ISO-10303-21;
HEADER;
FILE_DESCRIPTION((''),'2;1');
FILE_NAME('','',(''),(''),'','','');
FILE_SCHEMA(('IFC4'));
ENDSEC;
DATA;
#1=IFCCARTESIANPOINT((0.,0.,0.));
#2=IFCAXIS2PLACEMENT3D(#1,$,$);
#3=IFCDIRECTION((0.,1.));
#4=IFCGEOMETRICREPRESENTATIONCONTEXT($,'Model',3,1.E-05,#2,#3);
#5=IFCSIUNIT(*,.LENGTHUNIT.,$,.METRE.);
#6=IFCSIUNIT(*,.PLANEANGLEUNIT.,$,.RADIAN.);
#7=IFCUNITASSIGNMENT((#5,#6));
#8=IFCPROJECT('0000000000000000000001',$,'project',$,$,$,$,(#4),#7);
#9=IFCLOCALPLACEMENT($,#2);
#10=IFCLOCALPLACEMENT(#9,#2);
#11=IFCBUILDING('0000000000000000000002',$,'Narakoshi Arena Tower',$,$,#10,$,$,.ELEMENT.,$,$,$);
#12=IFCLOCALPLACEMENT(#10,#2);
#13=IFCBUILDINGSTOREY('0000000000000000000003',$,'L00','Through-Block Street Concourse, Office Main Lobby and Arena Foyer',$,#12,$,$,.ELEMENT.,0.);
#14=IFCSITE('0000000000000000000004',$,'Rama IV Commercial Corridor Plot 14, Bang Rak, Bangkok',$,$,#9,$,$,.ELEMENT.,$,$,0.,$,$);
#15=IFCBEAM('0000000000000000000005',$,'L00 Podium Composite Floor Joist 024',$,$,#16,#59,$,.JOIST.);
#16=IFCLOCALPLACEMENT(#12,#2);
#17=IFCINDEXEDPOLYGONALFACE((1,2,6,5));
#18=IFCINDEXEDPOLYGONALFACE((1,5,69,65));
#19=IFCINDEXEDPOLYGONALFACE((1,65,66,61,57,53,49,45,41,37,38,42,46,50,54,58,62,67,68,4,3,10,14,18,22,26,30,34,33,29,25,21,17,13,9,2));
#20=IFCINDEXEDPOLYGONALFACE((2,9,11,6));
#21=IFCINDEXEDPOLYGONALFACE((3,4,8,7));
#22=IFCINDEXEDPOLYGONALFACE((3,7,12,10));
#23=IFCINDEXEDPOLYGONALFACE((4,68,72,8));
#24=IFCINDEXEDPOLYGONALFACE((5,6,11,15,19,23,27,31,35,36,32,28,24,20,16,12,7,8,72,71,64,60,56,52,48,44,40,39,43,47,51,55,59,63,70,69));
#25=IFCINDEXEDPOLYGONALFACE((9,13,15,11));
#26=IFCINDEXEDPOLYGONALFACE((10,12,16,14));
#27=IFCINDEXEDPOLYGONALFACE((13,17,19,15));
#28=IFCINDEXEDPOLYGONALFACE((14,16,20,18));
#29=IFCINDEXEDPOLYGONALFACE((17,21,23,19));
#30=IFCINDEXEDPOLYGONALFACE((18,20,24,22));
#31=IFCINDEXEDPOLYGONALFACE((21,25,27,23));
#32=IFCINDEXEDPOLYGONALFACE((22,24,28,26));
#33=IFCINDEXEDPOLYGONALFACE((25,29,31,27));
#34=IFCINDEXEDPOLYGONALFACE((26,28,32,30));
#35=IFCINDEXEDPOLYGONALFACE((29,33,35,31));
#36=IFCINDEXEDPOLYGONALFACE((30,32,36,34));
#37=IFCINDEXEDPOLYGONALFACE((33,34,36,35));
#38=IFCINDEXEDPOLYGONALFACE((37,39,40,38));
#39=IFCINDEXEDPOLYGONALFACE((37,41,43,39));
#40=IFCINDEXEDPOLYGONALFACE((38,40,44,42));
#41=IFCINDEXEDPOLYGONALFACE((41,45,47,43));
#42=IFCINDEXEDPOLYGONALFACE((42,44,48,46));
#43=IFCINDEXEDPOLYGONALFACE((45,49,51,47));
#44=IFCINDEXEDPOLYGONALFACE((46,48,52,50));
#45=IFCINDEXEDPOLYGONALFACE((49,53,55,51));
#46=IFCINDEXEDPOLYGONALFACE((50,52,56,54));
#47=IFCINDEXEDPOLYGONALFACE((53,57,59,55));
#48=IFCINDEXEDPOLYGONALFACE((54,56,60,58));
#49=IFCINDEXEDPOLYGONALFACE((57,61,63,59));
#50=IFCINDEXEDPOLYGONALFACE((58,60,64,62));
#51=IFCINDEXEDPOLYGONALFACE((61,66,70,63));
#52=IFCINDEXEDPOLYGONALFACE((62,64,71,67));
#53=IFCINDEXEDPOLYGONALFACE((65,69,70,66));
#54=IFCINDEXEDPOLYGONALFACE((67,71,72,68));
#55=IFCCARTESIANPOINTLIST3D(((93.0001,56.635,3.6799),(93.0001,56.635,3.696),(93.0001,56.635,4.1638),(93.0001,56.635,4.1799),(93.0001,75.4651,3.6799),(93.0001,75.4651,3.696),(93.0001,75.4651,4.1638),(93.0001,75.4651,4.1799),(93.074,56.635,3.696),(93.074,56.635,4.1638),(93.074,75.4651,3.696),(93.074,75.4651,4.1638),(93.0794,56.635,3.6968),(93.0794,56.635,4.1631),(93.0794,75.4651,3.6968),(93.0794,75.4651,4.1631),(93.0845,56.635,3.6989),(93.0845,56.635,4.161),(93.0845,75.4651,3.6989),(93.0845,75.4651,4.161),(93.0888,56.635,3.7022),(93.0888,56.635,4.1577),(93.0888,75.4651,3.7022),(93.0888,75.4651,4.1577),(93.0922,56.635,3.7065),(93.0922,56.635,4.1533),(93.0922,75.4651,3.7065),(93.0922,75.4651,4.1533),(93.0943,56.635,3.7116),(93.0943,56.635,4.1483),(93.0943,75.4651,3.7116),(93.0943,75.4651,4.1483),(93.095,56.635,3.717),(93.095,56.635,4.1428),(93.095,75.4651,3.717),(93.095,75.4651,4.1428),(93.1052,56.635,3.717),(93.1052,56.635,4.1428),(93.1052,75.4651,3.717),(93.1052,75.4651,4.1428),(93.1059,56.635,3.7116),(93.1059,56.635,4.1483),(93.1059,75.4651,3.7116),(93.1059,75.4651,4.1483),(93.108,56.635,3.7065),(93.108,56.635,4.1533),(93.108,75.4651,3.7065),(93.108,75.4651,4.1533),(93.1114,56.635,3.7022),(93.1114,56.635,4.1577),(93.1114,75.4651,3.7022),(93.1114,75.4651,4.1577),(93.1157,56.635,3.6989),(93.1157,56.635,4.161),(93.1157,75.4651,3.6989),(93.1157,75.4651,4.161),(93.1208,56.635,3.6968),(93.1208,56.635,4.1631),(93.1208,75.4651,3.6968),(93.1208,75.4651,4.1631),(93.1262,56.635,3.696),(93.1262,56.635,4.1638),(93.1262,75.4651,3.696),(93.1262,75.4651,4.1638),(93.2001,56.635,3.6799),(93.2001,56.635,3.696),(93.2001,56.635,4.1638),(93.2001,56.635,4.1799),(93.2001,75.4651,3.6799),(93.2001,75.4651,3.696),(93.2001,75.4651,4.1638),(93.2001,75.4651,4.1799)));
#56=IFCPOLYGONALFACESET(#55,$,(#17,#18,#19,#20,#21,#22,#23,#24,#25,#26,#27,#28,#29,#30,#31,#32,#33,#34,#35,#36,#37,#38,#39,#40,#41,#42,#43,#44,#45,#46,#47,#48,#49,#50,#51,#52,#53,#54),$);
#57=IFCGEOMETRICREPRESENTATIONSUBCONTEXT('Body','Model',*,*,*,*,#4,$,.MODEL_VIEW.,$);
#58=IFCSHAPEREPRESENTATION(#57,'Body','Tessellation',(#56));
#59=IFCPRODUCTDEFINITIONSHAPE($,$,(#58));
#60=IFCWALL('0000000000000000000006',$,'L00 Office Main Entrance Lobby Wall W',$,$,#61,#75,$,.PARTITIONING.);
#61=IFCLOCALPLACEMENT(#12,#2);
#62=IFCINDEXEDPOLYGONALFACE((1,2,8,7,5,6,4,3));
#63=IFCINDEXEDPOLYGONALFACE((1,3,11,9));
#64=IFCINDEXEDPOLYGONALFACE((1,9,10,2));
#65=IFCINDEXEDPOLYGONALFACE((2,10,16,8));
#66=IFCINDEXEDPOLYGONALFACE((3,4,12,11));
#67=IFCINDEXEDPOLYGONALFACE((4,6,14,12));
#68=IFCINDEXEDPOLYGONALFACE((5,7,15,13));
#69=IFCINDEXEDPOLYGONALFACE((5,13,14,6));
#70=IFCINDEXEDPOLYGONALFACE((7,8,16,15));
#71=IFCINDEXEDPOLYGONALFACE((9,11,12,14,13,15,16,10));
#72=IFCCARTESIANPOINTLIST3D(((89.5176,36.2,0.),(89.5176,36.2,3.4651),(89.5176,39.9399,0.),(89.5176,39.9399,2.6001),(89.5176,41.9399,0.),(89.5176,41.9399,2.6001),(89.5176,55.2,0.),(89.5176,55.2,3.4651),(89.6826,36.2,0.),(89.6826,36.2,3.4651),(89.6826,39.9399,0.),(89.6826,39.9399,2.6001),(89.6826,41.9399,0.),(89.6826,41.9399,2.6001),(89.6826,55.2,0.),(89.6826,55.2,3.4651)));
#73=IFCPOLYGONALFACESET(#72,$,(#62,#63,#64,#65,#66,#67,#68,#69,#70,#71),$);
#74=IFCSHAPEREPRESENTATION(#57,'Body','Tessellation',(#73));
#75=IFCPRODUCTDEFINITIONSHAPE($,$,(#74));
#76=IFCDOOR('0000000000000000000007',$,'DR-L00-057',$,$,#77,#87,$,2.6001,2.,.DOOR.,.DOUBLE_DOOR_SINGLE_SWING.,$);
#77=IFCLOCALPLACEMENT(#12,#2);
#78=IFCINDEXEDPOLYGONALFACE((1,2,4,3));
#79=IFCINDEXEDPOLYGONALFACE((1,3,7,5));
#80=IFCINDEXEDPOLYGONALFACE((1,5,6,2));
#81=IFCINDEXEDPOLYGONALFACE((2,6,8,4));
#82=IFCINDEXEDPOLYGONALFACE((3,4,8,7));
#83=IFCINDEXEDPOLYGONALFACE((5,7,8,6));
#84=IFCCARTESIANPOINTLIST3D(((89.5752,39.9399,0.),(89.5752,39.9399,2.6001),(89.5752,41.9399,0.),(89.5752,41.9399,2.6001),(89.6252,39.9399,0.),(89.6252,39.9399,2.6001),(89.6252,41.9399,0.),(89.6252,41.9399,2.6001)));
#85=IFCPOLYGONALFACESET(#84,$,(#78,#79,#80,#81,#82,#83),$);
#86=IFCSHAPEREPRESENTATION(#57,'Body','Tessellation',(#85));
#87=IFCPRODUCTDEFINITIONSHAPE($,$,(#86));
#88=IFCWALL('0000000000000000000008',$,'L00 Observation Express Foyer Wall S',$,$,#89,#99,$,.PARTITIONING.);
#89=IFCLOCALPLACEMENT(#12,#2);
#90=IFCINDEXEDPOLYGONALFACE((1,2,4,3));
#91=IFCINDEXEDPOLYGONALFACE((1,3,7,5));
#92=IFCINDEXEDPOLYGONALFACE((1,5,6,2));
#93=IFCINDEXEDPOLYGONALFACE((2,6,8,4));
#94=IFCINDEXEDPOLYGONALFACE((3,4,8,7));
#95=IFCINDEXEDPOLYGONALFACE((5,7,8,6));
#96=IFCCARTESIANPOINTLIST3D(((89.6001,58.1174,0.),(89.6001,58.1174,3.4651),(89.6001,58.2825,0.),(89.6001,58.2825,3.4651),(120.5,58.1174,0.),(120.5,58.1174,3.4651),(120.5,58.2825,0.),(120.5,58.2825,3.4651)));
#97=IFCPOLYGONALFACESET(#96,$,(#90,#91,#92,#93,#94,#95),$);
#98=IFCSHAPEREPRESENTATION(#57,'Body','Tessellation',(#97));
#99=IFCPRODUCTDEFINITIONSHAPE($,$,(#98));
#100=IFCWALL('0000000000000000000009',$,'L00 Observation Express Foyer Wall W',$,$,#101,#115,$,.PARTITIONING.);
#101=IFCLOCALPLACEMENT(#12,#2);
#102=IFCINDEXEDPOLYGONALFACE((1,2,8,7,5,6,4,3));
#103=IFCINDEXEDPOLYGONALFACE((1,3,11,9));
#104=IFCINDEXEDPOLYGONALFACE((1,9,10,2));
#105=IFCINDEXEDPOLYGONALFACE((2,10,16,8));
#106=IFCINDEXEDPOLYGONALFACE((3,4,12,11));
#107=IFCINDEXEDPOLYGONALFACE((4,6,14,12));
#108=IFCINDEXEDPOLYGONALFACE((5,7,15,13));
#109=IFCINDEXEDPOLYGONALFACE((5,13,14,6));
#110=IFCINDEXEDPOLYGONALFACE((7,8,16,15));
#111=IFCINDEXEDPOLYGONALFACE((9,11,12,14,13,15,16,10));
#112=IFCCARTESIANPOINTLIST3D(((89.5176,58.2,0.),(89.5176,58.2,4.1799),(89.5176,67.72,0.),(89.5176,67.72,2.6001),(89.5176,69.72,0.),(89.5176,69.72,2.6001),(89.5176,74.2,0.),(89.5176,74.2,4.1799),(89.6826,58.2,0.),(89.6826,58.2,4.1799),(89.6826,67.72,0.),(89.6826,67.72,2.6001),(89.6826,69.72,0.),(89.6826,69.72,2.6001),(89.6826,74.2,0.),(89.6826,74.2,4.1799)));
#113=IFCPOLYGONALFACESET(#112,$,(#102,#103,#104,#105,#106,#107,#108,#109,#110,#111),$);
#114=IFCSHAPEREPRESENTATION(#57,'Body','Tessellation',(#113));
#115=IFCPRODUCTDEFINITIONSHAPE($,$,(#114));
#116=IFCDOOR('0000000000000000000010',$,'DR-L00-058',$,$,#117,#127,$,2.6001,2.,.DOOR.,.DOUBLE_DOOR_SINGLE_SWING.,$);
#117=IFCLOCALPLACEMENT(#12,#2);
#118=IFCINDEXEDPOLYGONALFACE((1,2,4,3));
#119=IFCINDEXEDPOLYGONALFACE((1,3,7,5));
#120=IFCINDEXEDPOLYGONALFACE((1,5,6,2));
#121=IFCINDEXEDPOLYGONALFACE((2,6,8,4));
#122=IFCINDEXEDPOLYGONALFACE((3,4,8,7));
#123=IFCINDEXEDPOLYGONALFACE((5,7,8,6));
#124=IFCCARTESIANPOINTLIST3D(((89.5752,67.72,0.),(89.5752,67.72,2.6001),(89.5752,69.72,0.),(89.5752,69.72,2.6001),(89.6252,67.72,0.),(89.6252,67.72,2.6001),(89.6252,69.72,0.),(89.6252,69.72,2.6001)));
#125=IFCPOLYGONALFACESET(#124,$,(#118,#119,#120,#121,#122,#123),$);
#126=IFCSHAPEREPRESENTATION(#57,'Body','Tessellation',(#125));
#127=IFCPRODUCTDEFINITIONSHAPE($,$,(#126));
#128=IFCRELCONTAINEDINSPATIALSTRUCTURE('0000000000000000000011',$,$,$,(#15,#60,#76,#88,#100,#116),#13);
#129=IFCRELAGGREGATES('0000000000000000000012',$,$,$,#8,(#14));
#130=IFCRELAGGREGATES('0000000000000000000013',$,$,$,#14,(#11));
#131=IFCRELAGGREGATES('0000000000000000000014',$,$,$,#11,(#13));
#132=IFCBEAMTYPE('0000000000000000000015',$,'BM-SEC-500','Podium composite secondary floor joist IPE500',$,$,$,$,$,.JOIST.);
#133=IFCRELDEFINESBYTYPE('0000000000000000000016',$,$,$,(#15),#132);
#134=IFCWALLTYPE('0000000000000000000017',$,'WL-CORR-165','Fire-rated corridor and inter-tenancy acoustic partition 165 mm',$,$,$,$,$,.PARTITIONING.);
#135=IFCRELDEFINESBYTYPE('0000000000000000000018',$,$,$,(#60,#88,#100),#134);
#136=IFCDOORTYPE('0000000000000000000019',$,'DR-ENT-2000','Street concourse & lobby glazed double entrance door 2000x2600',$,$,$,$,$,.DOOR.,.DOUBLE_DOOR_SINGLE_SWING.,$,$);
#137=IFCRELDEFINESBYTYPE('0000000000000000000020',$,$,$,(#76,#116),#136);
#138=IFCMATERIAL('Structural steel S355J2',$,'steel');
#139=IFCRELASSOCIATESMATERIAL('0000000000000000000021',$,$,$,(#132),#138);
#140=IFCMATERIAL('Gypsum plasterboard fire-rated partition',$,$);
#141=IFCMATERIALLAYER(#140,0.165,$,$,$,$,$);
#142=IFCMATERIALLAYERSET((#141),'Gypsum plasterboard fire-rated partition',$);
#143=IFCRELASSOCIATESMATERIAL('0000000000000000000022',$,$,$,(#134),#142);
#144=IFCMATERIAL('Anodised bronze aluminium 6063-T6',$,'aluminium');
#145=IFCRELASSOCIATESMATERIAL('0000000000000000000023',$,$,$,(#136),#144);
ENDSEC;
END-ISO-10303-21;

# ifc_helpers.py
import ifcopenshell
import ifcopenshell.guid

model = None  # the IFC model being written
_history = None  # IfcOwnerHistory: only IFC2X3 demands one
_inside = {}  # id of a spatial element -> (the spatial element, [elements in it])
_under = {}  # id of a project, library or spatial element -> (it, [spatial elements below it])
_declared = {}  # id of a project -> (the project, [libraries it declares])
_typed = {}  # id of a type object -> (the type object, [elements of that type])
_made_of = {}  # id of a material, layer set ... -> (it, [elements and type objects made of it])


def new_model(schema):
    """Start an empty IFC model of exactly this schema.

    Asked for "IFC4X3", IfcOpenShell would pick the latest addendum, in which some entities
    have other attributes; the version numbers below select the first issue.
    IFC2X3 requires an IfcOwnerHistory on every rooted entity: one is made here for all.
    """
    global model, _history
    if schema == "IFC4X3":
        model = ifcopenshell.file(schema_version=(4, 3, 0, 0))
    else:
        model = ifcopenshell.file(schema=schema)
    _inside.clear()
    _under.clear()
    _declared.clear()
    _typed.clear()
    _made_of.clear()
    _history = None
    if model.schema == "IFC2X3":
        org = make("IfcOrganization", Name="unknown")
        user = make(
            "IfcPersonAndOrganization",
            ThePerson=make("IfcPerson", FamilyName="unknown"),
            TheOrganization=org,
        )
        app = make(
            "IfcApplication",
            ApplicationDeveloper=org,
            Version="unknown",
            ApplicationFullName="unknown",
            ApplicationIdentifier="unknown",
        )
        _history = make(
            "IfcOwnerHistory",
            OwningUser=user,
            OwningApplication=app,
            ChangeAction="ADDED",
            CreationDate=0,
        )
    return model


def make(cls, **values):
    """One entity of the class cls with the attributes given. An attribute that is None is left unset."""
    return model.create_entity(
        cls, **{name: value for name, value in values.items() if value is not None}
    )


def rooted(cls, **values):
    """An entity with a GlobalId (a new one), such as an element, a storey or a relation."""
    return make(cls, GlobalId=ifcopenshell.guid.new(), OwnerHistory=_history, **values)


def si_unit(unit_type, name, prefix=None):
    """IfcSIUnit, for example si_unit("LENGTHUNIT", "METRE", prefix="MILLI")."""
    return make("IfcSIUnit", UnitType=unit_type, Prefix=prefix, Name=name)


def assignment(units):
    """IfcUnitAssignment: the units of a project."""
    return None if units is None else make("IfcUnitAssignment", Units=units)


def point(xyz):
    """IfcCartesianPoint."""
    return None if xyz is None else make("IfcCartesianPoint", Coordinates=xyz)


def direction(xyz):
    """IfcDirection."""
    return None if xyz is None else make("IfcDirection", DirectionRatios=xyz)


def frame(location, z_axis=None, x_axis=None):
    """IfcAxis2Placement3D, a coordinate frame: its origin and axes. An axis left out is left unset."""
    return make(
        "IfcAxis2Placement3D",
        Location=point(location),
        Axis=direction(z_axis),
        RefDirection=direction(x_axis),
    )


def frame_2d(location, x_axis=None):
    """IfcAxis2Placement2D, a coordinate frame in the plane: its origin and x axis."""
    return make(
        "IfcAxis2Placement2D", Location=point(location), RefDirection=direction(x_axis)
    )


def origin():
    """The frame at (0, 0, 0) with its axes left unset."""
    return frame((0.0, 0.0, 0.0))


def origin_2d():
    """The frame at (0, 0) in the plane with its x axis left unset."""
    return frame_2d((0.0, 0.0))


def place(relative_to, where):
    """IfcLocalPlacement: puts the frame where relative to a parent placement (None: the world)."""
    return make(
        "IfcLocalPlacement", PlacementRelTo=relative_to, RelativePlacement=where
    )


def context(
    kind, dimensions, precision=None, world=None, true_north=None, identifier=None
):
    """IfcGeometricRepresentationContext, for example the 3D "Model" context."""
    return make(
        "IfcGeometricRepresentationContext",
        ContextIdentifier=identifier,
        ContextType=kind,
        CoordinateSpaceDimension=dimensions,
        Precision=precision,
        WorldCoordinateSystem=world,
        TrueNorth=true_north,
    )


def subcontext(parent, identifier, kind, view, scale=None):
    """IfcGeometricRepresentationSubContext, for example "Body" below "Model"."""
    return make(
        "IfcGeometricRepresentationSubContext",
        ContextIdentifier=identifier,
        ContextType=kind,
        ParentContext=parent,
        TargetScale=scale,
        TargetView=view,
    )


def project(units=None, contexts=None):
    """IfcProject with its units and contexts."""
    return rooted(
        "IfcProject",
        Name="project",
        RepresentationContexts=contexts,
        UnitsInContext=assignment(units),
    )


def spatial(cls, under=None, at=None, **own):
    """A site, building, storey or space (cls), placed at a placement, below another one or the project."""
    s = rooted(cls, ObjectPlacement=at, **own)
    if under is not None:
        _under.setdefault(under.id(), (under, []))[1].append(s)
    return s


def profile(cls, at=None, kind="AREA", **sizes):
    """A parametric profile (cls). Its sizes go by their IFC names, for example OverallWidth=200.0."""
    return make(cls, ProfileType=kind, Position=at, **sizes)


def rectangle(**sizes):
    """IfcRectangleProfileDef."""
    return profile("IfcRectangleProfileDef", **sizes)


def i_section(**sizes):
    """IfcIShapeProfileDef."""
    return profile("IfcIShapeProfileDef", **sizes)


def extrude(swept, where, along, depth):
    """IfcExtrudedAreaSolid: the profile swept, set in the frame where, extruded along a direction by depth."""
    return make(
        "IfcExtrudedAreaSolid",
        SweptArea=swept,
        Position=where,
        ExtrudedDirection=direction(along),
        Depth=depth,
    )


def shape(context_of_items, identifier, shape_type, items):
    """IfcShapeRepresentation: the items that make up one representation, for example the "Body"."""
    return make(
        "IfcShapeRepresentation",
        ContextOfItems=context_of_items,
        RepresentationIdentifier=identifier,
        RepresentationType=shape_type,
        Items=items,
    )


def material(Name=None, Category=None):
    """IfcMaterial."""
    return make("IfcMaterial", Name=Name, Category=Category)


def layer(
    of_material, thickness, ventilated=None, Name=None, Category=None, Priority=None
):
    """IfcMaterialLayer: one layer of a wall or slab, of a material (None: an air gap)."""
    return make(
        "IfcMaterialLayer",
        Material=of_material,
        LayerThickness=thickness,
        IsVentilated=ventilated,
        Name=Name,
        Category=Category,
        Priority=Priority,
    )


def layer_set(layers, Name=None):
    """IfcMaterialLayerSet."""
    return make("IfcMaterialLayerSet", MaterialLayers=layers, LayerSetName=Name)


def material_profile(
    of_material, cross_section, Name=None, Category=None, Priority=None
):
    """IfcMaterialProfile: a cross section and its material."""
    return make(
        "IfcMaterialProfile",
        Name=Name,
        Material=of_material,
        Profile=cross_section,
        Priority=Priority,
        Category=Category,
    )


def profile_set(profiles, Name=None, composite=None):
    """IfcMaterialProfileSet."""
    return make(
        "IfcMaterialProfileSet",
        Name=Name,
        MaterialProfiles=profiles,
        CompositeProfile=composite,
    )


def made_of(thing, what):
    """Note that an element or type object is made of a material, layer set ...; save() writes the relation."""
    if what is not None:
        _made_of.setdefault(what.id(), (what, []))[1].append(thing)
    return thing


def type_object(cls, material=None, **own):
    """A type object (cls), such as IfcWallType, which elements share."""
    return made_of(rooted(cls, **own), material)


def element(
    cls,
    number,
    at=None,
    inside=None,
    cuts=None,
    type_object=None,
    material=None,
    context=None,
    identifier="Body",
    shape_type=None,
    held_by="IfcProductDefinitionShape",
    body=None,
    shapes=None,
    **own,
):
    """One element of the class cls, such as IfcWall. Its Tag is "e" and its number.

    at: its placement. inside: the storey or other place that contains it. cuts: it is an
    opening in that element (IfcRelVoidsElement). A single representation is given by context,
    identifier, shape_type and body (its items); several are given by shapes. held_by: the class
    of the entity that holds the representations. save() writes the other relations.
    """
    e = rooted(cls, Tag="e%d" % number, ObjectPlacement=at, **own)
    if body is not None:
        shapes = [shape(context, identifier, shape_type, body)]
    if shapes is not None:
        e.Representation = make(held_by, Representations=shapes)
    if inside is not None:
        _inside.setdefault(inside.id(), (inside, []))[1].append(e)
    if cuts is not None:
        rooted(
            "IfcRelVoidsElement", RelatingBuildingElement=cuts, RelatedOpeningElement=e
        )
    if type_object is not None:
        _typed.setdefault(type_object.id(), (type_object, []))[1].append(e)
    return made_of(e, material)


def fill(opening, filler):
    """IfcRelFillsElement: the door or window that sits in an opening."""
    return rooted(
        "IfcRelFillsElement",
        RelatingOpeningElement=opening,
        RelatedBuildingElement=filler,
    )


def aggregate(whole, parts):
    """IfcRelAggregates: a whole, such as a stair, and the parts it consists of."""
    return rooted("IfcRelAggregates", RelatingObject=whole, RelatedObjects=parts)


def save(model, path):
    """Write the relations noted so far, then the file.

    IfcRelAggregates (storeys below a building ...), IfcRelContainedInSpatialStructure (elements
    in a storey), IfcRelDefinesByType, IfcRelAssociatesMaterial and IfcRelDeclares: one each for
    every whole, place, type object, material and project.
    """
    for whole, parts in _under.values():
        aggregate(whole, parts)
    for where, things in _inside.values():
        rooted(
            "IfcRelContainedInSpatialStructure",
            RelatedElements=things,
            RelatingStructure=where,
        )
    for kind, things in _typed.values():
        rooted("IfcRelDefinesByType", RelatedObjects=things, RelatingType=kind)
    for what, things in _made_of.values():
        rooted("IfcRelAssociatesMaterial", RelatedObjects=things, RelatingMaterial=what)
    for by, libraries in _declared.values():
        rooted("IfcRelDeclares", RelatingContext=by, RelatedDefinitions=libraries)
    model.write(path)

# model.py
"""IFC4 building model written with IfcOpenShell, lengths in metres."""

from ifc_helpers import new_model, si_unit, direction, frame, frame_2d, origin, origin_2d, place, context, subcontext, project, spatial, rectangle, i_section, extrude, material, layer, layer_set, material_profile, profile_set, type_object, element, fill, save


model = new_model("IFC4")

# Units and contexts
model_context = context("Model", 3, precision=1e-05, world=origin(), true_north=direction((0.0, 1.0)))
body_context = subcontext(model_context, "Body", "Model", "MODEL_VIEW")
ifc_project = project(units=[si_unit("LENGTHUNIT", "METRE"), si_unit("PLANEANGLEUNIT", "RADIAN")], contexts=[model_context])

# Site, building, storey
site_placement = place(None, origin())
site = spatial("IfcSite", under=ifc_project, at=site_placement, Name="Rama IV Commercial Corridor Plot 14, Bang Rak, Bangkok", CompositionType="ELEMENT", RefElevation=0.0)
building_placement = place(site_placement, origin())
building = spatial("IfcBuilding", under=site, at=building_placement, Name="Narakoshi Arena Tower", CompositionType="ELEMENT")
storey_placement = place(building_placement, origin())
storey = spatial("IfcBuildingStorey", under=building, at=storey_placement, Name="L00", Description="Through-Block Street Concourse, Office Main Lobby and Arena Foyer", CompositionType="ELEMENT", Elevation=0.0)

# Beam
ifc_material_1 = material(Name="Structural steel S355J2", Category="steel")
ifc_material_profile_1 = material_profile(ifc_material_1, i_section(OverallWidth=0.2, OverallDepth=0.5, WebThickness=0.0103, FlangeThickness=0.0161, FilletRadius=0.021, at=origin_2d()), Name="IPE500")
ifc_profile_set_1 = profile_set([ifc_material_profile_1], Name="Structural steel S355J2")
beam_type_1 = type_object("IfcBeamType", Name="BM-SEC-500", Description="Podium composite secondary floor joist IPE500", PredefinedType="JOIST", material=ifc_profile_set_1)
beam_1_placement = place(storey_placement, frame((93.1001, 56.635, 3.9299), z_axis=(0.0, 1.0, 0.0), x_axis=(-1.0, 0.0, 0.0)))
element("IfcBeam", 1, at=beam_1_placement, inside=storey, type_object=beam_type_1, Name="L00 Podium Composite Floor Joist 024", PredefinedType="JOIST", context=body_context, shape_type="SweptSolid", body=[
    extrude(i_section(OverallWidth=0.2, OverallDepth=0.5, WebThickness=0.0103, FlangeThickness=0.0161, FilletRadius=0.021, at=origin_2d()), origin(), (0.0, 0.0, 1.0), 18.8301),
])

# Wall, opening, door
ifc_material_2 = material(Name="Gypsum plasterboard fire-rated partition")
ifc_layer = layer(ifc_material_2, 0.165)
ifc_layer_set = layer_set([ifc_layer], Name="Gypsum plasterboard fire-rated partition")
wall_type = type_object("IfcWallType", Name="WL-CORR-165", Description="Fire-rated corridor and inter-tenancy acoustic partition 165 mm", PredefinedType="PARTITIONING", material=ifc_layer_set)
wall_1_placement = place(storey_placement, frame((89.6001, 55.2, 0.0), z_axis=(0.0, 0.0, 1.0), x_axis=(0.0, -1.0, 0.0)))
wall_1 = element("IfcWall", 2, at=wall_1_placement, inside=storey, type_object=wall_type, Name="L00 Office Main Entrance Lobby Wall W", PredefinedType="PARTITIONING", context=body_context, shape_type="SweptSolid", body=[
    extrude(rectangle(XDim=19.0, YDim=0.165, at=frame_2d((9.5, 0.0))), origin(), (0.0, 0.0, 1.0), 3.4651),
])
opening_1_placement = place(wall_1_placement, frame((13.26, 0.0, 0.0)))
opening_1 = element("IfcOpeningElement", 3, at=opening_1_placement, cuts=wall_1, PredefinedType="OPENING", context=body_context, shape_type="SweptSolid", body=[
    extrude(rectangle(XDim=2.0, YDim=2.6001, at=frame_2d((1.0, 1.3))), frame((0.0, 0.0925, 0.0), z_axis=(0.0, -1.0, 0.0), x_axis=(1.0, 0.0, 0.0)), (0.0, 0.0, 1.0), 0.1851),
])
ifc_material_3 = material(Name="Anodised bronze aluminium 6063-T6", Category="aluminium")
door_type = type_object("IfcDoorType", Name="DR-ENT-2000", Description="Street concourse & lobby glazed double entrance door 2000x2600", OperationType="DOUBLE_DOOR_SINGLE_SWING", PredefinedType="DOOR", material=ifc_material_3)
door_1_placement = place(opening_1_placement, frame((2.0, 0.0, 0.0), z_axis=(0.0, 0.0, 1.0), x_axis=(-1.0, 0.0, 0.0)))
door_1 = element("IfcDoor", 4, at=door_1_placement, inside=storey, type_object=door_type, Name="DR-L00-057", OperationType="DOUBLE_DOOR_SINGLE_SWING", OverallHeight=2.6001, OverallWidth=2.0, PredefinedType="DOOR", context=body_context, shape_type="SweptSolid", body=[
    extrude(rectangle(XDim=2.0, YDim=2.6001, at=frame_2d((1.0, 1.3))), frame((0.0, 0.0249, 0.0), z_axis=(0.0, -1.0, 0.0), x_axis=(1.0, 0.0, 0.0)), (0.0, 0.0, 1.0), 0.05),
])
fill(opening_1, door_1)

# Wall
wall_2_placement = place(storey_placement, frame((89.6001, 58.2, 0.0), z_axis=(0.0, 0.0, 1.0), x_axis=(1.0, 0.0, 0.0)))
element("IfcWall", 5, at=wall_2_placement, inside=storey, type_object=wall_type, Name="L00 Observation Express Foyer Wall S", PredefinedType="PARTITIONING", context=body_context, shape_type="SweptSolid", body=[
    extrude(rectangle(XDim=30.8999, YDim=0.165, at=frame_2d((15.45, 0.0))), origin(), (0.0, 0.0, 1.0), 3.4651),
])

# Wall, opening, door
wall_3_placement = place(storey_placement, frame((89.6001, 74.2, 0.0), z_axis=(0.0, 0.0, 1.0), x_axis=(0.0, -1.0, 0.0)))
wall_3 = element("IfcWall", 6, at=wall_3_placement, inside=storey, type_object=wall_type, Name="L00 Observation Express Foyer Wall W", PredefinedType="PARTITIONING", context=body_context, shape_type="SweptSolid", body=[
    extrude(rectangle(XDim=16.0, YDim=0.165, at=frame_2d((8.0, 0.0))), origin(), (0.0, 0.0, 1.0), 4.1799),
])
opening_2_placement = place(wall_3_placement, frame((4.48, 0.0, 0.0)))
opening_2 = element("IfcOpeningElement", 7, at=opening_2_placement, cuts=wall_3, PredefinedType="OPENING", context=body_context, shape_type="SweptSolid", body=[
    extrude(rectangle(XDim=2.0, YDim=2.6001, at=frame_2d((1.0, 1.3))), frame((0.0, 0.0925, 0.0), z_axis=(0.0, -1.0, 0.0), x_axis=(1.0, 0.0, 0.0)), (0.0, 0.0, 1.0), 0.1851),
])
door_2_placement = place(opening_2_placement, frame((2.0, 0.0, 0.0), z_axis=(0.0, 0.0, 1.0), x_axis=(-1.0, 0.0, 0.0)))
door_2 = element("IfcDoor", 8, at=door_2_placement, inside=storey, type_object=door_type, Name="DR-L00-058", OperationType="DOUBLE_DOOR_SINGLE_SWING", OverallHeight=2.6001, OverallWidth=2.0, PredefinedType="DOOR", context=body_context, shape_type="SweptSolid", body=[
    extrude(rectangle(XDim=2.0, YDim=2.6001, at=frame_2d((1.0, 1.3))), frame((0.0, 0.0249, 0.0), z_axis=(0.0, -1.0, 0.0), x_axis=(1.0, 0.0, 0.0)), (0.0, 0.0, 1.0), 0.05),
])
fill(opening_2, door_2)

save(model, "model.ifc")
